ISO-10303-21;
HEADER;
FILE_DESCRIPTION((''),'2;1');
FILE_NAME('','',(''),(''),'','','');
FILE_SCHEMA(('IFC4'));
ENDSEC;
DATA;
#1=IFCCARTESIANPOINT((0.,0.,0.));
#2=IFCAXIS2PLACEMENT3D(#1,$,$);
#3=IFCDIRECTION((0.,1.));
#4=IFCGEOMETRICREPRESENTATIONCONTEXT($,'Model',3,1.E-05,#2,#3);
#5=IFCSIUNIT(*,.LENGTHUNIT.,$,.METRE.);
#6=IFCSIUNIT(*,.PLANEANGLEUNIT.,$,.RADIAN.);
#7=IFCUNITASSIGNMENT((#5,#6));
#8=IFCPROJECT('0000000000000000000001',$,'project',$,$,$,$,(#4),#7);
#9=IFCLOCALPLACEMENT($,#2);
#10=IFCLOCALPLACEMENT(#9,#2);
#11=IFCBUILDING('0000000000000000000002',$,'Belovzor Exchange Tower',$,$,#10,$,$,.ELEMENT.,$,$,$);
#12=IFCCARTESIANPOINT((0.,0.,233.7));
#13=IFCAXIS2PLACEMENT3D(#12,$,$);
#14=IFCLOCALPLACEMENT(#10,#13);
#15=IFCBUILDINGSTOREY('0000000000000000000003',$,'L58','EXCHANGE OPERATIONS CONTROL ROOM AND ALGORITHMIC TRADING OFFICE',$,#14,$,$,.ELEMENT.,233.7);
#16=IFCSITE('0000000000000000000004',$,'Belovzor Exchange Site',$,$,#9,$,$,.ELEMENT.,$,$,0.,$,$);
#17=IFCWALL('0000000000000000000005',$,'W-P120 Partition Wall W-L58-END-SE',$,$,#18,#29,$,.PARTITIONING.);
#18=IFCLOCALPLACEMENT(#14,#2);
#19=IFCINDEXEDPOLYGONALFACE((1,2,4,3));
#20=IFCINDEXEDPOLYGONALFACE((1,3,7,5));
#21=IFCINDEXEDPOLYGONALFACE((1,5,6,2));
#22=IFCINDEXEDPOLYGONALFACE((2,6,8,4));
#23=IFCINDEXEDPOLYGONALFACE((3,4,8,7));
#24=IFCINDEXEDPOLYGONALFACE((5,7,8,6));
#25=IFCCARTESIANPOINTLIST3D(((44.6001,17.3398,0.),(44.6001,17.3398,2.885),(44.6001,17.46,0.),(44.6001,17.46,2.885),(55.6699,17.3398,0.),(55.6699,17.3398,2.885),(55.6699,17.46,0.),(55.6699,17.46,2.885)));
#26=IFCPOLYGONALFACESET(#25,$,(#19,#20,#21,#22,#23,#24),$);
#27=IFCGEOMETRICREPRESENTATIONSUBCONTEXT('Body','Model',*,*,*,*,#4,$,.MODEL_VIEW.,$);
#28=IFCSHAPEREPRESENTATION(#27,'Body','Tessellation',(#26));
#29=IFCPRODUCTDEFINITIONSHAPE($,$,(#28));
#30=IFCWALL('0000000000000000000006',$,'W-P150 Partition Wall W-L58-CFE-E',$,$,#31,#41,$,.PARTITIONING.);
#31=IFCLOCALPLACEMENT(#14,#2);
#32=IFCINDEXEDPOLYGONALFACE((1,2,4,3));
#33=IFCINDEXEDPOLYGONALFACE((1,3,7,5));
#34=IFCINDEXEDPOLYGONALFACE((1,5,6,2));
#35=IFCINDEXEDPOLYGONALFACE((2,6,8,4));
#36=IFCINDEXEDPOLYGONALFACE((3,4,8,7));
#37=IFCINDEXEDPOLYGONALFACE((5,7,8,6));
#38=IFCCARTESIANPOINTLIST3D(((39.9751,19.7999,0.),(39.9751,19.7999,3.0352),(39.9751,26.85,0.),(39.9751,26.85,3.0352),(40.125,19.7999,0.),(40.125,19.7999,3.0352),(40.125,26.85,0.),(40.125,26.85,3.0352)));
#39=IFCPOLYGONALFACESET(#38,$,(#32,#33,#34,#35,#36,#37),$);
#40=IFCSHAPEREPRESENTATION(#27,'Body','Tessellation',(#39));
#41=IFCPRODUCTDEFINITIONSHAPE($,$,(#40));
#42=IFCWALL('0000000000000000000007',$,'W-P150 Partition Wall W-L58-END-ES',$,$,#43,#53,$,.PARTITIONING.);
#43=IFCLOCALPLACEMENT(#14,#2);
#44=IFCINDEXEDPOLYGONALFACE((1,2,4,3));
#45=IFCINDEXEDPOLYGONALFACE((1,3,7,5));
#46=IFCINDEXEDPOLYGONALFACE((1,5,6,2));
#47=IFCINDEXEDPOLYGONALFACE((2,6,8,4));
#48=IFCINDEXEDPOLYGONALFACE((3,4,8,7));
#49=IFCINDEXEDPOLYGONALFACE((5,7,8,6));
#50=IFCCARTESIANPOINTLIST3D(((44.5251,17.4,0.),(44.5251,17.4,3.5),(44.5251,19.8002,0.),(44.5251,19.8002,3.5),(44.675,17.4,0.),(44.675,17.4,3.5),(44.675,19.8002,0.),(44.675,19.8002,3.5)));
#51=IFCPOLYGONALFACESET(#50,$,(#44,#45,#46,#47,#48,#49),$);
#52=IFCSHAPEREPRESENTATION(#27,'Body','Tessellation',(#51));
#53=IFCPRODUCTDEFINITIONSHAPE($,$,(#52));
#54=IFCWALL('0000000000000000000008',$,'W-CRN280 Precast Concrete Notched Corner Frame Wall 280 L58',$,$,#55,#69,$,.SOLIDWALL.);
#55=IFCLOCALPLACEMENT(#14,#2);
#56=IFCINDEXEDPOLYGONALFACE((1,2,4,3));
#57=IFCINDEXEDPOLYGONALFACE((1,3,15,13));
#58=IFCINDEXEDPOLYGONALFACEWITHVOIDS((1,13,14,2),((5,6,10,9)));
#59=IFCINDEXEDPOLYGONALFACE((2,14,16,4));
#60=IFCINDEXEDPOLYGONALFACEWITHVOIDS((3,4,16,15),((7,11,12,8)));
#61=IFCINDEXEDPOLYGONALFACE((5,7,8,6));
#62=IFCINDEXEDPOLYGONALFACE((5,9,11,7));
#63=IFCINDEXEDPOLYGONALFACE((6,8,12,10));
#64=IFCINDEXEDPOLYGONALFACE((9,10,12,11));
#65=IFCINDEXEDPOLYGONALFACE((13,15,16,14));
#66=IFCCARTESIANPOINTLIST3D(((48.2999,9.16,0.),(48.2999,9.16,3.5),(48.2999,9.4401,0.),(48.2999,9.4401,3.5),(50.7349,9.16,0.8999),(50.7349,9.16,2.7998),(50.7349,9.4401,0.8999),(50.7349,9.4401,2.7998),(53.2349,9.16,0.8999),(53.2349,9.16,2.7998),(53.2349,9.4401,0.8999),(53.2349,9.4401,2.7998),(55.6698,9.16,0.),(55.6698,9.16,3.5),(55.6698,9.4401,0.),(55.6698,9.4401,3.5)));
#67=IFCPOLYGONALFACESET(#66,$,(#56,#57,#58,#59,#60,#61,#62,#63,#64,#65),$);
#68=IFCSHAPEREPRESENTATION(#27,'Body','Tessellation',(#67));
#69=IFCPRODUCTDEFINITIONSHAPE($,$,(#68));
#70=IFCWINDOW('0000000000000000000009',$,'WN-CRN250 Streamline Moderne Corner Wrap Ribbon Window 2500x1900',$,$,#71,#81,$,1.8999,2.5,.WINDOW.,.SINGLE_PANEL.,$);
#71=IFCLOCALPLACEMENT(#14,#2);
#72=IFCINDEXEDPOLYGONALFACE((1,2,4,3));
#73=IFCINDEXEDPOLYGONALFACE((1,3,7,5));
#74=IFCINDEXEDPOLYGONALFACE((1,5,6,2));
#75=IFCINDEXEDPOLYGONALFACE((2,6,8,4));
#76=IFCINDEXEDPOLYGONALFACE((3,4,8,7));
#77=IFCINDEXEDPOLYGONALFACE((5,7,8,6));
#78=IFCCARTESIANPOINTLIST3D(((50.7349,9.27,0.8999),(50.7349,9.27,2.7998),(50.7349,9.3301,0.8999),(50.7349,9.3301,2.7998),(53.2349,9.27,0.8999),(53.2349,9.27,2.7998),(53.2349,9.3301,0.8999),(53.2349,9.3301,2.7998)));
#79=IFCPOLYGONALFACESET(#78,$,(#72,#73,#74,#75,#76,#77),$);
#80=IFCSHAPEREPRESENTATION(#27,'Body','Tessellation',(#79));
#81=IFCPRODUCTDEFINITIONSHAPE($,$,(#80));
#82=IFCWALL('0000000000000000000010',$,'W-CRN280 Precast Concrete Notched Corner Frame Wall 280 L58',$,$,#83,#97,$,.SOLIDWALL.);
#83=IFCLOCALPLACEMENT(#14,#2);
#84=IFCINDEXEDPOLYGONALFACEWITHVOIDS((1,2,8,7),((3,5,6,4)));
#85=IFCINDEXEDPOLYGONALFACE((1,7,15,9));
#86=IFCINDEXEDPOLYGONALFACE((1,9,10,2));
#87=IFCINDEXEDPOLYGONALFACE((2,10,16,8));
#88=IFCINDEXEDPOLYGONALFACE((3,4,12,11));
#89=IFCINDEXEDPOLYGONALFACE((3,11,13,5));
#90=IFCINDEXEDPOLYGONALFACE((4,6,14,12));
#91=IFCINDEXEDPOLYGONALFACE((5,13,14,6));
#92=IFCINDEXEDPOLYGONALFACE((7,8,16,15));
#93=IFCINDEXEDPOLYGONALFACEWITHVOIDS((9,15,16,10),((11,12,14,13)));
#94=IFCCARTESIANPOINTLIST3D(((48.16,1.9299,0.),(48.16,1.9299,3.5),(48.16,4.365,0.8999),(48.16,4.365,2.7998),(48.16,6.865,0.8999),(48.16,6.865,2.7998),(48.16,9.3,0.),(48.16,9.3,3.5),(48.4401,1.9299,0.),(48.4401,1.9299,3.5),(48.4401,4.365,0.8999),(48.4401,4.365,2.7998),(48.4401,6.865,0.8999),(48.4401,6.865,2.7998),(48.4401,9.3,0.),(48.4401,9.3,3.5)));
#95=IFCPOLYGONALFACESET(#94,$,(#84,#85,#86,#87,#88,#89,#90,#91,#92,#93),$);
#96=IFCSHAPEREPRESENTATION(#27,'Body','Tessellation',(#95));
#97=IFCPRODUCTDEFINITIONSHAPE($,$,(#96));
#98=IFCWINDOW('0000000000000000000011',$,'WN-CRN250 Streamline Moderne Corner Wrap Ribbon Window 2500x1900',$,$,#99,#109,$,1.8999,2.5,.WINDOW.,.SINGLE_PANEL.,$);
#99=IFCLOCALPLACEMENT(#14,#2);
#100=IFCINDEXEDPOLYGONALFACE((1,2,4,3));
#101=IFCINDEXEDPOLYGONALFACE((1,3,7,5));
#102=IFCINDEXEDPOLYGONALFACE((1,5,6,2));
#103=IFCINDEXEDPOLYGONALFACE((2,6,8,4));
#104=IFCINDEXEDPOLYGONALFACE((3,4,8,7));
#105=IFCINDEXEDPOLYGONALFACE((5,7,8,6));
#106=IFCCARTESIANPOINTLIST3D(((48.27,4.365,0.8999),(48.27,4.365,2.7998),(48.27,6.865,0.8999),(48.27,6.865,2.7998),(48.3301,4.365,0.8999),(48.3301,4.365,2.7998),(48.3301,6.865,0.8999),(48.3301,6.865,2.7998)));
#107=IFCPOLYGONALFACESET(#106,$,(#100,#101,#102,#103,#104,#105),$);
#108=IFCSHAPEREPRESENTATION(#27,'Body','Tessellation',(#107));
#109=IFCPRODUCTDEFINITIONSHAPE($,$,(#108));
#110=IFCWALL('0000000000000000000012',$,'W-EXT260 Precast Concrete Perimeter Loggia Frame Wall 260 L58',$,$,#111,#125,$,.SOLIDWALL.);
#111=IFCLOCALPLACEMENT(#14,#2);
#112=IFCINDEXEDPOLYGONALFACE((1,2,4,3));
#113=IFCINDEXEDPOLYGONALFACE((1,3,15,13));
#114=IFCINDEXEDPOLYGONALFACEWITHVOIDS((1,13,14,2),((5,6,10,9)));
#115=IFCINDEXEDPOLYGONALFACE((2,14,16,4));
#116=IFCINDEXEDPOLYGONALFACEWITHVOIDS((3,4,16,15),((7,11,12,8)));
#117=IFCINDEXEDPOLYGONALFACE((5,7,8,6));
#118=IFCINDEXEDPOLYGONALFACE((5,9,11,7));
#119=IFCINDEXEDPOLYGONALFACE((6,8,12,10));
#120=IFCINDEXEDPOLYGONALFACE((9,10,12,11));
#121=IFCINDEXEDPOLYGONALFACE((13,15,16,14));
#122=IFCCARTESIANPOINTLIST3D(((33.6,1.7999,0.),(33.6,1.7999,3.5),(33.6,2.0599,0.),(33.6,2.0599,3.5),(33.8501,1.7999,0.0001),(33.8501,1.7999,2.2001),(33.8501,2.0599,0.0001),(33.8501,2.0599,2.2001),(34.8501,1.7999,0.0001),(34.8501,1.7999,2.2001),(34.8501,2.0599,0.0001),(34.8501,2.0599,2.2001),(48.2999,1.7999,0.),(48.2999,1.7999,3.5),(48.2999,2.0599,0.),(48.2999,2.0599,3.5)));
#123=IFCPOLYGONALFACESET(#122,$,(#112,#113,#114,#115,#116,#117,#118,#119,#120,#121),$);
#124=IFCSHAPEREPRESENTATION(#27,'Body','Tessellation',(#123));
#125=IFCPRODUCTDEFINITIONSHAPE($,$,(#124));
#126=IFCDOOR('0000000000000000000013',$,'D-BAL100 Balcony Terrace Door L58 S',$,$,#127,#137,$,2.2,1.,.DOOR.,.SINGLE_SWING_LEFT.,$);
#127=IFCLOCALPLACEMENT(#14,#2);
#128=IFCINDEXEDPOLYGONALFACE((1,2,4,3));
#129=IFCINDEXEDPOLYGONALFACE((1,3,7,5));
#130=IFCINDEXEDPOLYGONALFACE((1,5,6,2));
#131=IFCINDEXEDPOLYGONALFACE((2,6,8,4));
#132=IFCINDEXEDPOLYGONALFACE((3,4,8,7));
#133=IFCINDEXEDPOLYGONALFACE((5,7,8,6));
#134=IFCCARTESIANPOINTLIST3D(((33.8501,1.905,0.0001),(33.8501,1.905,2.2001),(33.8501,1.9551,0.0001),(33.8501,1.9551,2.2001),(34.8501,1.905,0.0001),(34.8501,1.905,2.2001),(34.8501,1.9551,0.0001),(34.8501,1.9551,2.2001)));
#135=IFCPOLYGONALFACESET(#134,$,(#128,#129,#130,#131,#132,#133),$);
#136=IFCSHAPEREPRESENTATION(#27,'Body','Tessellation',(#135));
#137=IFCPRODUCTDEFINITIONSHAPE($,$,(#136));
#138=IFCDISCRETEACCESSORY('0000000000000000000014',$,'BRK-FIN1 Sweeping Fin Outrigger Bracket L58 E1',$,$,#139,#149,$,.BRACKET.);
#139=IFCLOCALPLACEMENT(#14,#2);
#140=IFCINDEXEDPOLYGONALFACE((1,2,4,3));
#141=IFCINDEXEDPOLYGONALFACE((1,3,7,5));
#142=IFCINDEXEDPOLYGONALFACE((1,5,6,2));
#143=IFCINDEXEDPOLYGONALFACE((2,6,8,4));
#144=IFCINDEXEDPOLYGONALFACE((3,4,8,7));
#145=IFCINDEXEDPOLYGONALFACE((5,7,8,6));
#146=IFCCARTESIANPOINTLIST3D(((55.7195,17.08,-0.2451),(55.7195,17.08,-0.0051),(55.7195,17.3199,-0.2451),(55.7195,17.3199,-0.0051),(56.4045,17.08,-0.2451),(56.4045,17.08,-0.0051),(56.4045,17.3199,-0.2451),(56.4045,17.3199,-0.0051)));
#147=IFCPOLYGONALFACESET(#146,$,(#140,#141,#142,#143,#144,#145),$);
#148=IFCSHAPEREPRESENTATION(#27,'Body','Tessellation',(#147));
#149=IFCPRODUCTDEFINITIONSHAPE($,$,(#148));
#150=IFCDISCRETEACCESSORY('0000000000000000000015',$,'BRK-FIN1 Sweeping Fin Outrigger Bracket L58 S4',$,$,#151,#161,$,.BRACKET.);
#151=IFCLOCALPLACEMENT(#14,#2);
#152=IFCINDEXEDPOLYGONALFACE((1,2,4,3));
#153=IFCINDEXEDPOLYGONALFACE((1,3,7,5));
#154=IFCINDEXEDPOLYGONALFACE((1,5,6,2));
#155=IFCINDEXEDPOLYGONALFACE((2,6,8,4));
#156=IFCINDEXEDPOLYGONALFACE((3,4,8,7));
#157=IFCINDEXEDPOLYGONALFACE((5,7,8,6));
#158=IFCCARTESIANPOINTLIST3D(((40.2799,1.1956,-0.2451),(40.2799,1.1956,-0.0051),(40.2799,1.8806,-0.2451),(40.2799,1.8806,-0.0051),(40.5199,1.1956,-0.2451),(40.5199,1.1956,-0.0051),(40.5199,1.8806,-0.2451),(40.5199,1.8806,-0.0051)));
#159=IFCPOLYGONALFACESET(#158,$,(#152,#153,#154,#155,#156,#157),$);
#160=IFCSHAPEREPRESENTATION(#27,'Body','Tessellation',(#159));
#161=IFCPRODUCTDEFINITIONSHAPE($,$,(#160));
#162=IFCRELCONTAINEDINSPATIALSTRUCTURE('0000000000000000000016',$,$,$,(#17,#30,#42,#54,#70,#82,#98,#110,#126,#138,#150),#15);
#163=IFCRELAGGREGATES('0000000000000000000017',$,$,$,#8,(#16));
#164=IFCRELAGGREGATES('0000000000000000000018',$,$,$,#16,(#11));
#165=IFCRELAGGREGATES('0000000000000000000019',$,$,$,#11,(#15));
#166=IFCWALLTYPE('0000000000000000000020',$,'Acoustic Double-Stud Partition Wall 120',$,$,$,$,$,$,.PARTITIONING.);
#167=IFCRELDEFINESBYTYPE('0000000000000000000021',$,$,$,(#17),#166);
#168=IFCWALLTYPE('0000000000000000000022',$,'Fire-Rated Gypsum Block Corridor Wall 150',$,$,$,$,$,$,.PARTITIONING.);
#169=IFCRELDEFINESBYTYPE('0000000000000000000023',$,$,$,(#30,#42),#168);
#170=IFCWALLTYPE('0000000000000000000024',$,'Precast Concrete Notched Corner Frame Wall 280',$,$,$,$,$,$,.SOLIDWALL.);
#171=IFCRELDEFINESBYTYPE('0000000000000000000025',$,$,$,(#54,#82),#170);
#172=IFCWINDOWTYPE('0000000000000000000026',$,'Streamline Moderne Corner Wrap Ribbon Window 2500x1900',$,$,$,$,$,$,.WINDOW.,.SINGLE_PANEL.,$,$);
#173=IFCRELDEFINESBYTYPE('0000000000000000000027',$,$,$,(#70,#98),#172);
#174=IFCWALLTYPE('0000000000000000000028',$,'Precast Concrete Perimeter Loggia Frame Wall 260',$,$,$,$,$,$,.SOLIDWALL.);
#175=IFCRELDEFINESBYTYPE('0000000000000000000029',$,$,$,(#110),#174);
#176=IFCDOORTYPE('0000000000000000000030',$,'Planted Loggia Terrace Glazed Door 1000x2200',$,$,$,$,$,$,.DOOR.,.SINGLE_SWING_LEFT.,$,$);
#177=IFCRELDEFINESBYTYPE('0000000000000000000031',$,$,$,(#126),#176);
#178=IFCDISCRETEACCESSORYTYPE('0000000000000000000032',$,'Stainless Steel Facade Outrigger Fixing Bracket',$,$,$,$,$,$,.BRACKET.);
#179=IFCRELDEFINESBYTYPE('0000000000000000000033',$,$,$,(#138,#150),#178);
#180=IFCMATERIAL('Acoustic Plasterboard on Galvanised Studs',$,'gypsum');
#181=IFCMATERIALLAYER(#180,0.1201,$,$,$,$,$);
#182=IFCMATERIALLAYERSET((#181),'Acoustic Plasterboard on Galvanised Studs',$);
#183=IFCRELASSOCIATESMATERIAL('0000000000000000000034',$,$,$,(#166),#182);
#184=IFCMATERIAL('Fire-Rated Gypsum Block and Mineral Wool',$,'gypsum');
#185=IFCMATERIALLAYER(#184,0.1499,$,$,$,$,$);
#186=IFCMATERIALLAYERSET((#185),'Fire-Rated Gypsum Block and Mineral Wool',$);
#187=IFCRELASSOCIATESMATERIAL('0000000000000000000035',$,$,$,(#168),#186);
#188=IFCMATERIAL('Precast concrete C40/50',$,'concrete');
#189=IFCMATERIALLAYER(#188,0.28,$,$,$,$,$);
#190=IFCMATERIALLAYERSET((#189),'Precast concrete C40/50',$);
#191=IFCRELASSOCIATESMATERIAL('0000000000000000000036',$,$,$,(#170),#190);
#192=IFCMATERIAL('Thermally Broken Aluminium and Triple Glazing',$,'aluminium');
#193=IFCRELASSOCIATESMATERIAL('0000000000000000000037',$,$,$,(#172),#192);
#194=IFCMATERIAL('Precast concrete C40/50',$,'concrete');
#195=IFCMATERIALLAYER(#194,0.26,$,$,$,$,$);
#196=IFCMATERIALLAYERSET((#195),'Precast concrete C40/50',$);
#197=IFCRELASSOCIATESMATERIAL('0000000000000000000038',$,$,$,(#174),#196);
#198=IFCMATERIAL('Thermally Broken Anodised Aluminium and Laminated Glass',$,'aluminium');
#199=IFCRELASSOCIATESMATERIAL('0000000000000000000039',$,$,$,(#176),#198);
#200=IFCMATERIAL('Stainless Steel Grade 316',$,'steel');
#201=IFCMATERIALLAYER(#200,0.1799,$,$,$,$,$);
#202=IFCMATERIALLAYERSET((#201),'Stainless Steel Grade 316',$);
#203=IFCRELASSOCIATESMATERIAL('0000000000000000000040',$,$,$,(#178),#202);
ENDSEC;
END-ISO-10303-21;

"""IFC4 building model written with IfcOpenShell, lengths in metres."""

from ifc_helpers import new_model, si_unit, direction, frame, frame_2d, origin, origin_2d, place, context, subcontext, project, spatial, rectangle, extrude, material, layer, layer_set, type_object, element, fill, save


model = new_model("IFC4")

# Units and contexts
model_context = context("Model", 3, precision=1e-05, world=origin(), true_north=direction((0.0, 1.0)))
body_context = subcontext(model_context, "Body", "Model", "MODEL_VIEW")
ifc_project = project(units=[si_unit("LENGTHUNIT", "METRE"), si_unit("PLANEANGLEUNIT", "RADIAN")], contexts=[model_context])

# Site, building, storey
site_placement = place(None, origin())
site = spatial("IfcSite", under=ifc_project, at=site_placement, Name="Belovzor Exchange Site", CompositionType="ELEMENT", RefElevation=0.0)
building_placement = place(site_placement, origin())
building = spatial("IfcBuilding", under=site, at=building_placement, Name="Belovzor Exchange Tower", CompositionType="ELEMENT")
storey_placement = place(building_placement, frame((0.0, 0.0, 233.7)))
storey = spatial("IfcBuildingStorey", under=building, at=storey_placement, Name="L58", Description="EXCHANGE OPERATIONS CONTROL ROOM AND ALGORITHMIC TRADING OFFICE", CompositionType="ELEMENT", Elevation=233.7)

# Walls
ifc_material_1 = material(Name="Acoustic Plasterboard on Galvanised Studs", Category="gypsum")
ifc_layer_1 = layer(ifc_material_1, 0.1201)
ifc_layer_set_1 = layer_set([ifc_layer_1], Name="Acoustic Plasterboard on Galvanised Studs")
wall_type_1 = type_object("IfcWallType", Name="Acoustic Double-Stud Partition Wall 120", PredefinedType="PARTITIONING", material=ifc_layer_set_1)
wall_1_placement = place(storey_placement, frame((44.6001, 17.3999, 0.0), z_axis=(0.0, 0.0, 1.0), x_axis=(1.0, 0.0, 0.0)))
element("IfcWall", 1, at=wall_1_placement, inside=storey, type_object=wall_type_1, Name="W-P120 Partition Wall W-L58-END-SE", PredefinedType="PARTITIONING", context=body_context, shape_type="SweptSolid", body=[
    extrude(rectangle(XDim=11.0698, YDim=0.1201, at=frame_2d((5.5349, 0.0))), origin(), (0.0, 0.0, 1.0), 2.885),
])
ifc_material_2 = material(Name="Fire-Rated Gypsum Block and Mineral Wool", Category="gypsum")
ifc_layer_2 = layer(ifc_material_2, 0.1499)
ifc_layer_set_2 = layer_set([ifc_layer_2], Name="Fire-Rated Gypsum Block and Mineral Wool")
wall_type_2 = type_object("IfcWallType", Name="Fire-Rated Gypsum Block Corridor Wall 150", PredefinedType="PARTITIONING", material=ifc_layer_set_2)
wall_2_placement = place(storey_placement, frame((40.05, 19.8, 0.0), z_axis=(0.0, 0.0, 1.0), x_axis=(0.0, 1.0, 0.0)))
element("IfcWall", 2, at=wall_2_placement, inside=storey, type_object=wall_type_2, Name="W-P150 Partition Wall W-L58-CFE-E", PredefinedType="PARTITIONING", context=body_context, shape_type="SweptSolid", body=[
    extrude(rectangle(XDim=7.05, YDim=0.1499, at=frame_2d((3.5249, 0.0))), origin(), (0.0, 0.0, 1.0), 3.0352),
])
wall_3_placement = place(storey_placement, frame((44.6001, 17.3999, 0.0), z_axis=(0.0, 0.0, 1.0), x_axis=(0.0, 1.0, 0.0)))
element("IfcWall", 3, at=wall_3_placement, inside=storey, type_object=wall_type_2, Name="W-P150 Partition Wall W-L58-END-ES", PredefinedType="PARTITIONING", context=body_context, shape_type="SweptSolid", body=[
    extrude(rectangle(XDim=2.4001, YDim=0.1499, at=frame_2d((1.2002, 0.0))), origin(), (0.0, 0.0, 1.0), 3.5),
])

# Walls, openings, windows
ifc_material_3 = material(Name="Precast concrete C40/50", Category="concrete")
ifc_layer_3 = layer(ifc_material_3, 0.28)
ifc_layer_set_3 = layer_set([ifc_layer_3], Name="Precast concrete C40/50")
wall_type_3 = type_object("IfcWallType", Name="Precast Concrete Notched Corner Frame Wall 280", PredefinedType="SOLIDWALL", material=ifc_layer_set_3)
wall_4_placement = place(storey_placement, frame((55.6699, 9.3, 0.0), z_axis=(0.0, 0.0, 1.0), x_axis=(-1.0, 0.0, 0.0)))
wall_4 = element("IfcWall", 4, at=wall_4_placement, inside=storey, type_object=wall_type_3, Name="W-CRN280 Precast Concrete Notched Corner Frame Wall 280 L58", PredefinedType="SOLIDWALL", context=body_context, shape_type="SweptSolid", body=[
    extrude(rectangle(XDim=7.3699, YDim=0.28, at=frame_2d((3.6851, 0.0))), origin(), (0.0, 0.0, 1.0), 3.5),
])
opening_1_placement = place(wall_4_placement, frame((2.4351, 0.0, 0.8999)))
opening_1 = element("IfcOpeningElement", 5, at=opening_1_placement, cuts=wall_4, PredefinedType="OPENING", context=body_context, shape_type="SweptSolid", body=[
    extrude(rectangle(XDim=2.5, YDim=1.8999, at=frame_2d((1.25, 0.95))), frame((0.0, 0.1499, 0.0), z_axis=(0.0, -1.0, 0.0), x_axis=(1.0, 0.0, 0.0)), (0.0, 0.0, 1.0), 0.3),
])
ifc_material_4 = material(Name="Thermally Broken Aluminium and Triple Glazing", Category="aluminium")
window_type = type_object("IfcWindowType", Name="Streamline Moderne Corner Wrap Ribbon Window 2500x1900", PartitioningType="SINGLE_PANEL", PredefinedType="WINDOW", material=ifc_material_4)
window_1_placement = place(opening_1_placement, origin())
window_1 = element("IfcWindow", 6, at=window_1_placement, inside=storey, type_object=window_type, Name="WN-CRN250 Streamline Moderne Corner Wrap Ribbon Window 2500x1900", OverallHeight=1.8999, OverallWidth=2.5, PartitioningType="SINGLE_PANEL", PredefinedType="WINDOW", context=body_context, shape_type="SweptSolid", body=[
    extrude(rectangle(XDim=2.5, YDim=1.8999, at=frame_2d((1.25, 0.95))), frame((0.0, 0.03, 0.0), z_axis=(0.0, -1.0, 0.0), x_axis=(1.0, 0.0, 0.0)), (0.0, 0.0, 1.0), 0.0601),
])
fill(opening_1, window_1)
wall_5_placement = place(storey_placement, frame((48.3, 9.3, 0.0), z_axis=(0.0, 0.0, 1.0), x_axis=(0.0, -1.0, 0.0)))
wall_5 = element("IfcWall", 7, at=wall_5_placement, inside=storey, type_object=wall_type_3, Name="W-CRN280 Precast Concrete Notched Corner Frame Wall 280 L58", PredefinedType="SOLIDWALL", context=body_context, shape_type="SweptSolid", body=[
    extrude(rectangle(XDim=7.3701, YDim=0.28, at=frame_2d((3.6851, 0.0))), origin(), (0.0, 0.0, 1.0), 3.5),
])
opening_2_placement = place(wall_5_placement, frame((2.4351, 0.0, 0.8999)))
opening_2 = element("IfcOpeningElement", 8, at=opening_2_placement, cuts=wall_5, PredefinedType="OPENING", context=body_context, shape_type="SweptSolid", body=[
    extrude(rectangle(XDim=2.5, YDim=1.8999, at=frame_2d((1.25, 0.95))), frame((0.0, 0.1499, 0.0), z_axis=(0.0, -1.0, 0.0), x_axis=(1.0, 0.0, 0.0)), (0.0, 0.0, 1.0), 0.3),
])
window_2_placement = place(opening_2_placement, origin())
window_2 = element("IfcWindow", 9, at=window_2_placement, inside=storey, type_object=window_type, Name="WN-CRN250 Streamline Moderne Corner Wrap Ribbon Window 2500x1900", OverallHeight=1.8999, OverallWidth=2.5, PartitioningType="SINGLE_PANEL", PredefinedType="WINDOW", context=body_context, shape_type="SweptSolid", body=[
    extrude(rectangle(XDim=2.5, YDim=1.8999, at=frame_2d((1.25, 0.95))), frame((0.0, 0.03, 0.0), z_axis=(0.0, -1.0, 0.0), x_axis=(1.0, 0.0, 0.0)), (0.0, 0.0, 1.0), 0.0601),
])
fill(opening_2, window_2)

# Wall, opening, door
ifc_material_5 = material(Name="Precast concrete C40/50", Category="concrete")
ifc_layer_4 = layer(ifc_material_5, 0.26)
ifc_layer_set_4 = layer_set([ifc_layer_4], Name="Precast concrete C40/50")
wall_type_4 = type_object("IfcWallType", Name="Precast Concrete Perimeter Loggia Frame Wall 260", PredefinedType="SOLIDWALL", material=ifc_layer_set_4)
wall_6_placement = place(storey_placement, frame((48.3, 1.9299, 0.0), z_axis=(0.0, 0.0, 1.0), x_axis=(-1.0, 0.0, 0.0)))
wall_6 = element("IfcWall", 10, at=wall_6_placement, inside=storey, type_object=wall_type_4, Name="W-EXT260 Precast Concrete Perimeter Loggia Frame Wall 260 L58", PredefinedType="SOLIDWALL", context=body_context, shape_type="SweptSolid", body=[
    extrude(rectangle(XDim=14.7, YDim=0.26, at=frame_2d((7.3501, 0.0))), origin(), (0.0, 0.0, 1.0), 3.5),
])
opening_3_placement = place(wall_6_placement, frame((13.45, 0.0, 0.0)))
opening_3 = element("IfcOpeningElement", 11, at=opening_3_placement, cuts=wall_6, PredefinedType="OPENING", context=body_context, shape_type="SweptSolid", body=[
    extrude(rectangle(XDim=1.0, YDim=2.2, at=frame_2d((0.5, 1.1001))), frame((0.0, 0.1399, 0.0), z_axis=(0.0, -1.0, 0.0), x_axis=(1.0, 0.0, 0.0)), (0.0, 0.0, 1.0), 0.28),
])
ifc_material_6 = material(Name="Thermally Broken Anodised Aluminium and Laminated Glass", Category="aluminium")
door_type = type_object("IfcDoorType", Name="Planted Loggia Terrace Glazed Door 1000x2200", OperationType="SINGLE_SWING_LEFT", PredefinedType="DOOR", material=ifc_material_6)
door_placement = place(opening_3_placement, origin())
door = element("IfcDoor", 12, at=door_placement, inside=storey, type_object=door_type, Name="D-BAL100 Balcony Terrace Door L58 S", OperationType="SINGLE_SWING_LEFT", OverallHeight=2.2, OverallWidth=1.0, PredefinedType="DOOR", context=body_context, shape_type="SweptSolid", body=[
    extrude(rectangle(XDim=1.0, YDim=2.2, at=frame_2d((0.5, 1.1001))), frame((0.0, 0.0249, 0.0), z_axis=(0.0, -1.0, 0.0), x_axis=(1.0, 0.0, 0.0)), (0.0, 0.0, 1.0), 0.05),
])
fill(opening_3, door)

# Discrete accessories
ifc_material_7 = material(Name="Stainless Steel Grade 316", Category="steel")
ifc_layer_5 = layer(ifc_material_7, 0.1799)
ifc_layer_set_5 = layer_set([ifc_layer_5], Name="Stainless Steel Grade 316")
discrete_accessory_type = type_object("IfcDiscreteAccessoryType", Name="Stainless Steel Facade Outrigger Fixing Bracket", PredefinedType="BRACKET", material=ifc_layer_set_5)
for number, where, z_axis, x_axis, name in (
    (13, (56.062, 17.2, -0.2451), (0.0, 0.0, 1.0), (1.0, 0.0, 0.0), "BRK-FIN1 Sweeping Fin Outrigger Bracket L58 E1"),
    (14, (40.3999, 1.5381, -0.2451), (0.0, 0.0, 1.0), (0.0, 1.0, 0.0), "BRK-FIN1 Sweeping Fin Outrigger Bracket L58 S4"),
):
    element("IfcDiscreteAccessory", number, at=place(storey_placement, frame(where, z_axis=z_axis, x_axis=x_axis)), inside=storey, type_object=discrete_accessory_type, Name=name, PredefinedType="BRACKET", context=body_context, shape_type="SweptSolid", body=[
        extrude(rectangle(XDim=0.6851, YDim=0.24, at=origin_2d()), origin(), (0.0, 0.0, 1.0), 0.24),
    ])

save(model, "model.ifc")
